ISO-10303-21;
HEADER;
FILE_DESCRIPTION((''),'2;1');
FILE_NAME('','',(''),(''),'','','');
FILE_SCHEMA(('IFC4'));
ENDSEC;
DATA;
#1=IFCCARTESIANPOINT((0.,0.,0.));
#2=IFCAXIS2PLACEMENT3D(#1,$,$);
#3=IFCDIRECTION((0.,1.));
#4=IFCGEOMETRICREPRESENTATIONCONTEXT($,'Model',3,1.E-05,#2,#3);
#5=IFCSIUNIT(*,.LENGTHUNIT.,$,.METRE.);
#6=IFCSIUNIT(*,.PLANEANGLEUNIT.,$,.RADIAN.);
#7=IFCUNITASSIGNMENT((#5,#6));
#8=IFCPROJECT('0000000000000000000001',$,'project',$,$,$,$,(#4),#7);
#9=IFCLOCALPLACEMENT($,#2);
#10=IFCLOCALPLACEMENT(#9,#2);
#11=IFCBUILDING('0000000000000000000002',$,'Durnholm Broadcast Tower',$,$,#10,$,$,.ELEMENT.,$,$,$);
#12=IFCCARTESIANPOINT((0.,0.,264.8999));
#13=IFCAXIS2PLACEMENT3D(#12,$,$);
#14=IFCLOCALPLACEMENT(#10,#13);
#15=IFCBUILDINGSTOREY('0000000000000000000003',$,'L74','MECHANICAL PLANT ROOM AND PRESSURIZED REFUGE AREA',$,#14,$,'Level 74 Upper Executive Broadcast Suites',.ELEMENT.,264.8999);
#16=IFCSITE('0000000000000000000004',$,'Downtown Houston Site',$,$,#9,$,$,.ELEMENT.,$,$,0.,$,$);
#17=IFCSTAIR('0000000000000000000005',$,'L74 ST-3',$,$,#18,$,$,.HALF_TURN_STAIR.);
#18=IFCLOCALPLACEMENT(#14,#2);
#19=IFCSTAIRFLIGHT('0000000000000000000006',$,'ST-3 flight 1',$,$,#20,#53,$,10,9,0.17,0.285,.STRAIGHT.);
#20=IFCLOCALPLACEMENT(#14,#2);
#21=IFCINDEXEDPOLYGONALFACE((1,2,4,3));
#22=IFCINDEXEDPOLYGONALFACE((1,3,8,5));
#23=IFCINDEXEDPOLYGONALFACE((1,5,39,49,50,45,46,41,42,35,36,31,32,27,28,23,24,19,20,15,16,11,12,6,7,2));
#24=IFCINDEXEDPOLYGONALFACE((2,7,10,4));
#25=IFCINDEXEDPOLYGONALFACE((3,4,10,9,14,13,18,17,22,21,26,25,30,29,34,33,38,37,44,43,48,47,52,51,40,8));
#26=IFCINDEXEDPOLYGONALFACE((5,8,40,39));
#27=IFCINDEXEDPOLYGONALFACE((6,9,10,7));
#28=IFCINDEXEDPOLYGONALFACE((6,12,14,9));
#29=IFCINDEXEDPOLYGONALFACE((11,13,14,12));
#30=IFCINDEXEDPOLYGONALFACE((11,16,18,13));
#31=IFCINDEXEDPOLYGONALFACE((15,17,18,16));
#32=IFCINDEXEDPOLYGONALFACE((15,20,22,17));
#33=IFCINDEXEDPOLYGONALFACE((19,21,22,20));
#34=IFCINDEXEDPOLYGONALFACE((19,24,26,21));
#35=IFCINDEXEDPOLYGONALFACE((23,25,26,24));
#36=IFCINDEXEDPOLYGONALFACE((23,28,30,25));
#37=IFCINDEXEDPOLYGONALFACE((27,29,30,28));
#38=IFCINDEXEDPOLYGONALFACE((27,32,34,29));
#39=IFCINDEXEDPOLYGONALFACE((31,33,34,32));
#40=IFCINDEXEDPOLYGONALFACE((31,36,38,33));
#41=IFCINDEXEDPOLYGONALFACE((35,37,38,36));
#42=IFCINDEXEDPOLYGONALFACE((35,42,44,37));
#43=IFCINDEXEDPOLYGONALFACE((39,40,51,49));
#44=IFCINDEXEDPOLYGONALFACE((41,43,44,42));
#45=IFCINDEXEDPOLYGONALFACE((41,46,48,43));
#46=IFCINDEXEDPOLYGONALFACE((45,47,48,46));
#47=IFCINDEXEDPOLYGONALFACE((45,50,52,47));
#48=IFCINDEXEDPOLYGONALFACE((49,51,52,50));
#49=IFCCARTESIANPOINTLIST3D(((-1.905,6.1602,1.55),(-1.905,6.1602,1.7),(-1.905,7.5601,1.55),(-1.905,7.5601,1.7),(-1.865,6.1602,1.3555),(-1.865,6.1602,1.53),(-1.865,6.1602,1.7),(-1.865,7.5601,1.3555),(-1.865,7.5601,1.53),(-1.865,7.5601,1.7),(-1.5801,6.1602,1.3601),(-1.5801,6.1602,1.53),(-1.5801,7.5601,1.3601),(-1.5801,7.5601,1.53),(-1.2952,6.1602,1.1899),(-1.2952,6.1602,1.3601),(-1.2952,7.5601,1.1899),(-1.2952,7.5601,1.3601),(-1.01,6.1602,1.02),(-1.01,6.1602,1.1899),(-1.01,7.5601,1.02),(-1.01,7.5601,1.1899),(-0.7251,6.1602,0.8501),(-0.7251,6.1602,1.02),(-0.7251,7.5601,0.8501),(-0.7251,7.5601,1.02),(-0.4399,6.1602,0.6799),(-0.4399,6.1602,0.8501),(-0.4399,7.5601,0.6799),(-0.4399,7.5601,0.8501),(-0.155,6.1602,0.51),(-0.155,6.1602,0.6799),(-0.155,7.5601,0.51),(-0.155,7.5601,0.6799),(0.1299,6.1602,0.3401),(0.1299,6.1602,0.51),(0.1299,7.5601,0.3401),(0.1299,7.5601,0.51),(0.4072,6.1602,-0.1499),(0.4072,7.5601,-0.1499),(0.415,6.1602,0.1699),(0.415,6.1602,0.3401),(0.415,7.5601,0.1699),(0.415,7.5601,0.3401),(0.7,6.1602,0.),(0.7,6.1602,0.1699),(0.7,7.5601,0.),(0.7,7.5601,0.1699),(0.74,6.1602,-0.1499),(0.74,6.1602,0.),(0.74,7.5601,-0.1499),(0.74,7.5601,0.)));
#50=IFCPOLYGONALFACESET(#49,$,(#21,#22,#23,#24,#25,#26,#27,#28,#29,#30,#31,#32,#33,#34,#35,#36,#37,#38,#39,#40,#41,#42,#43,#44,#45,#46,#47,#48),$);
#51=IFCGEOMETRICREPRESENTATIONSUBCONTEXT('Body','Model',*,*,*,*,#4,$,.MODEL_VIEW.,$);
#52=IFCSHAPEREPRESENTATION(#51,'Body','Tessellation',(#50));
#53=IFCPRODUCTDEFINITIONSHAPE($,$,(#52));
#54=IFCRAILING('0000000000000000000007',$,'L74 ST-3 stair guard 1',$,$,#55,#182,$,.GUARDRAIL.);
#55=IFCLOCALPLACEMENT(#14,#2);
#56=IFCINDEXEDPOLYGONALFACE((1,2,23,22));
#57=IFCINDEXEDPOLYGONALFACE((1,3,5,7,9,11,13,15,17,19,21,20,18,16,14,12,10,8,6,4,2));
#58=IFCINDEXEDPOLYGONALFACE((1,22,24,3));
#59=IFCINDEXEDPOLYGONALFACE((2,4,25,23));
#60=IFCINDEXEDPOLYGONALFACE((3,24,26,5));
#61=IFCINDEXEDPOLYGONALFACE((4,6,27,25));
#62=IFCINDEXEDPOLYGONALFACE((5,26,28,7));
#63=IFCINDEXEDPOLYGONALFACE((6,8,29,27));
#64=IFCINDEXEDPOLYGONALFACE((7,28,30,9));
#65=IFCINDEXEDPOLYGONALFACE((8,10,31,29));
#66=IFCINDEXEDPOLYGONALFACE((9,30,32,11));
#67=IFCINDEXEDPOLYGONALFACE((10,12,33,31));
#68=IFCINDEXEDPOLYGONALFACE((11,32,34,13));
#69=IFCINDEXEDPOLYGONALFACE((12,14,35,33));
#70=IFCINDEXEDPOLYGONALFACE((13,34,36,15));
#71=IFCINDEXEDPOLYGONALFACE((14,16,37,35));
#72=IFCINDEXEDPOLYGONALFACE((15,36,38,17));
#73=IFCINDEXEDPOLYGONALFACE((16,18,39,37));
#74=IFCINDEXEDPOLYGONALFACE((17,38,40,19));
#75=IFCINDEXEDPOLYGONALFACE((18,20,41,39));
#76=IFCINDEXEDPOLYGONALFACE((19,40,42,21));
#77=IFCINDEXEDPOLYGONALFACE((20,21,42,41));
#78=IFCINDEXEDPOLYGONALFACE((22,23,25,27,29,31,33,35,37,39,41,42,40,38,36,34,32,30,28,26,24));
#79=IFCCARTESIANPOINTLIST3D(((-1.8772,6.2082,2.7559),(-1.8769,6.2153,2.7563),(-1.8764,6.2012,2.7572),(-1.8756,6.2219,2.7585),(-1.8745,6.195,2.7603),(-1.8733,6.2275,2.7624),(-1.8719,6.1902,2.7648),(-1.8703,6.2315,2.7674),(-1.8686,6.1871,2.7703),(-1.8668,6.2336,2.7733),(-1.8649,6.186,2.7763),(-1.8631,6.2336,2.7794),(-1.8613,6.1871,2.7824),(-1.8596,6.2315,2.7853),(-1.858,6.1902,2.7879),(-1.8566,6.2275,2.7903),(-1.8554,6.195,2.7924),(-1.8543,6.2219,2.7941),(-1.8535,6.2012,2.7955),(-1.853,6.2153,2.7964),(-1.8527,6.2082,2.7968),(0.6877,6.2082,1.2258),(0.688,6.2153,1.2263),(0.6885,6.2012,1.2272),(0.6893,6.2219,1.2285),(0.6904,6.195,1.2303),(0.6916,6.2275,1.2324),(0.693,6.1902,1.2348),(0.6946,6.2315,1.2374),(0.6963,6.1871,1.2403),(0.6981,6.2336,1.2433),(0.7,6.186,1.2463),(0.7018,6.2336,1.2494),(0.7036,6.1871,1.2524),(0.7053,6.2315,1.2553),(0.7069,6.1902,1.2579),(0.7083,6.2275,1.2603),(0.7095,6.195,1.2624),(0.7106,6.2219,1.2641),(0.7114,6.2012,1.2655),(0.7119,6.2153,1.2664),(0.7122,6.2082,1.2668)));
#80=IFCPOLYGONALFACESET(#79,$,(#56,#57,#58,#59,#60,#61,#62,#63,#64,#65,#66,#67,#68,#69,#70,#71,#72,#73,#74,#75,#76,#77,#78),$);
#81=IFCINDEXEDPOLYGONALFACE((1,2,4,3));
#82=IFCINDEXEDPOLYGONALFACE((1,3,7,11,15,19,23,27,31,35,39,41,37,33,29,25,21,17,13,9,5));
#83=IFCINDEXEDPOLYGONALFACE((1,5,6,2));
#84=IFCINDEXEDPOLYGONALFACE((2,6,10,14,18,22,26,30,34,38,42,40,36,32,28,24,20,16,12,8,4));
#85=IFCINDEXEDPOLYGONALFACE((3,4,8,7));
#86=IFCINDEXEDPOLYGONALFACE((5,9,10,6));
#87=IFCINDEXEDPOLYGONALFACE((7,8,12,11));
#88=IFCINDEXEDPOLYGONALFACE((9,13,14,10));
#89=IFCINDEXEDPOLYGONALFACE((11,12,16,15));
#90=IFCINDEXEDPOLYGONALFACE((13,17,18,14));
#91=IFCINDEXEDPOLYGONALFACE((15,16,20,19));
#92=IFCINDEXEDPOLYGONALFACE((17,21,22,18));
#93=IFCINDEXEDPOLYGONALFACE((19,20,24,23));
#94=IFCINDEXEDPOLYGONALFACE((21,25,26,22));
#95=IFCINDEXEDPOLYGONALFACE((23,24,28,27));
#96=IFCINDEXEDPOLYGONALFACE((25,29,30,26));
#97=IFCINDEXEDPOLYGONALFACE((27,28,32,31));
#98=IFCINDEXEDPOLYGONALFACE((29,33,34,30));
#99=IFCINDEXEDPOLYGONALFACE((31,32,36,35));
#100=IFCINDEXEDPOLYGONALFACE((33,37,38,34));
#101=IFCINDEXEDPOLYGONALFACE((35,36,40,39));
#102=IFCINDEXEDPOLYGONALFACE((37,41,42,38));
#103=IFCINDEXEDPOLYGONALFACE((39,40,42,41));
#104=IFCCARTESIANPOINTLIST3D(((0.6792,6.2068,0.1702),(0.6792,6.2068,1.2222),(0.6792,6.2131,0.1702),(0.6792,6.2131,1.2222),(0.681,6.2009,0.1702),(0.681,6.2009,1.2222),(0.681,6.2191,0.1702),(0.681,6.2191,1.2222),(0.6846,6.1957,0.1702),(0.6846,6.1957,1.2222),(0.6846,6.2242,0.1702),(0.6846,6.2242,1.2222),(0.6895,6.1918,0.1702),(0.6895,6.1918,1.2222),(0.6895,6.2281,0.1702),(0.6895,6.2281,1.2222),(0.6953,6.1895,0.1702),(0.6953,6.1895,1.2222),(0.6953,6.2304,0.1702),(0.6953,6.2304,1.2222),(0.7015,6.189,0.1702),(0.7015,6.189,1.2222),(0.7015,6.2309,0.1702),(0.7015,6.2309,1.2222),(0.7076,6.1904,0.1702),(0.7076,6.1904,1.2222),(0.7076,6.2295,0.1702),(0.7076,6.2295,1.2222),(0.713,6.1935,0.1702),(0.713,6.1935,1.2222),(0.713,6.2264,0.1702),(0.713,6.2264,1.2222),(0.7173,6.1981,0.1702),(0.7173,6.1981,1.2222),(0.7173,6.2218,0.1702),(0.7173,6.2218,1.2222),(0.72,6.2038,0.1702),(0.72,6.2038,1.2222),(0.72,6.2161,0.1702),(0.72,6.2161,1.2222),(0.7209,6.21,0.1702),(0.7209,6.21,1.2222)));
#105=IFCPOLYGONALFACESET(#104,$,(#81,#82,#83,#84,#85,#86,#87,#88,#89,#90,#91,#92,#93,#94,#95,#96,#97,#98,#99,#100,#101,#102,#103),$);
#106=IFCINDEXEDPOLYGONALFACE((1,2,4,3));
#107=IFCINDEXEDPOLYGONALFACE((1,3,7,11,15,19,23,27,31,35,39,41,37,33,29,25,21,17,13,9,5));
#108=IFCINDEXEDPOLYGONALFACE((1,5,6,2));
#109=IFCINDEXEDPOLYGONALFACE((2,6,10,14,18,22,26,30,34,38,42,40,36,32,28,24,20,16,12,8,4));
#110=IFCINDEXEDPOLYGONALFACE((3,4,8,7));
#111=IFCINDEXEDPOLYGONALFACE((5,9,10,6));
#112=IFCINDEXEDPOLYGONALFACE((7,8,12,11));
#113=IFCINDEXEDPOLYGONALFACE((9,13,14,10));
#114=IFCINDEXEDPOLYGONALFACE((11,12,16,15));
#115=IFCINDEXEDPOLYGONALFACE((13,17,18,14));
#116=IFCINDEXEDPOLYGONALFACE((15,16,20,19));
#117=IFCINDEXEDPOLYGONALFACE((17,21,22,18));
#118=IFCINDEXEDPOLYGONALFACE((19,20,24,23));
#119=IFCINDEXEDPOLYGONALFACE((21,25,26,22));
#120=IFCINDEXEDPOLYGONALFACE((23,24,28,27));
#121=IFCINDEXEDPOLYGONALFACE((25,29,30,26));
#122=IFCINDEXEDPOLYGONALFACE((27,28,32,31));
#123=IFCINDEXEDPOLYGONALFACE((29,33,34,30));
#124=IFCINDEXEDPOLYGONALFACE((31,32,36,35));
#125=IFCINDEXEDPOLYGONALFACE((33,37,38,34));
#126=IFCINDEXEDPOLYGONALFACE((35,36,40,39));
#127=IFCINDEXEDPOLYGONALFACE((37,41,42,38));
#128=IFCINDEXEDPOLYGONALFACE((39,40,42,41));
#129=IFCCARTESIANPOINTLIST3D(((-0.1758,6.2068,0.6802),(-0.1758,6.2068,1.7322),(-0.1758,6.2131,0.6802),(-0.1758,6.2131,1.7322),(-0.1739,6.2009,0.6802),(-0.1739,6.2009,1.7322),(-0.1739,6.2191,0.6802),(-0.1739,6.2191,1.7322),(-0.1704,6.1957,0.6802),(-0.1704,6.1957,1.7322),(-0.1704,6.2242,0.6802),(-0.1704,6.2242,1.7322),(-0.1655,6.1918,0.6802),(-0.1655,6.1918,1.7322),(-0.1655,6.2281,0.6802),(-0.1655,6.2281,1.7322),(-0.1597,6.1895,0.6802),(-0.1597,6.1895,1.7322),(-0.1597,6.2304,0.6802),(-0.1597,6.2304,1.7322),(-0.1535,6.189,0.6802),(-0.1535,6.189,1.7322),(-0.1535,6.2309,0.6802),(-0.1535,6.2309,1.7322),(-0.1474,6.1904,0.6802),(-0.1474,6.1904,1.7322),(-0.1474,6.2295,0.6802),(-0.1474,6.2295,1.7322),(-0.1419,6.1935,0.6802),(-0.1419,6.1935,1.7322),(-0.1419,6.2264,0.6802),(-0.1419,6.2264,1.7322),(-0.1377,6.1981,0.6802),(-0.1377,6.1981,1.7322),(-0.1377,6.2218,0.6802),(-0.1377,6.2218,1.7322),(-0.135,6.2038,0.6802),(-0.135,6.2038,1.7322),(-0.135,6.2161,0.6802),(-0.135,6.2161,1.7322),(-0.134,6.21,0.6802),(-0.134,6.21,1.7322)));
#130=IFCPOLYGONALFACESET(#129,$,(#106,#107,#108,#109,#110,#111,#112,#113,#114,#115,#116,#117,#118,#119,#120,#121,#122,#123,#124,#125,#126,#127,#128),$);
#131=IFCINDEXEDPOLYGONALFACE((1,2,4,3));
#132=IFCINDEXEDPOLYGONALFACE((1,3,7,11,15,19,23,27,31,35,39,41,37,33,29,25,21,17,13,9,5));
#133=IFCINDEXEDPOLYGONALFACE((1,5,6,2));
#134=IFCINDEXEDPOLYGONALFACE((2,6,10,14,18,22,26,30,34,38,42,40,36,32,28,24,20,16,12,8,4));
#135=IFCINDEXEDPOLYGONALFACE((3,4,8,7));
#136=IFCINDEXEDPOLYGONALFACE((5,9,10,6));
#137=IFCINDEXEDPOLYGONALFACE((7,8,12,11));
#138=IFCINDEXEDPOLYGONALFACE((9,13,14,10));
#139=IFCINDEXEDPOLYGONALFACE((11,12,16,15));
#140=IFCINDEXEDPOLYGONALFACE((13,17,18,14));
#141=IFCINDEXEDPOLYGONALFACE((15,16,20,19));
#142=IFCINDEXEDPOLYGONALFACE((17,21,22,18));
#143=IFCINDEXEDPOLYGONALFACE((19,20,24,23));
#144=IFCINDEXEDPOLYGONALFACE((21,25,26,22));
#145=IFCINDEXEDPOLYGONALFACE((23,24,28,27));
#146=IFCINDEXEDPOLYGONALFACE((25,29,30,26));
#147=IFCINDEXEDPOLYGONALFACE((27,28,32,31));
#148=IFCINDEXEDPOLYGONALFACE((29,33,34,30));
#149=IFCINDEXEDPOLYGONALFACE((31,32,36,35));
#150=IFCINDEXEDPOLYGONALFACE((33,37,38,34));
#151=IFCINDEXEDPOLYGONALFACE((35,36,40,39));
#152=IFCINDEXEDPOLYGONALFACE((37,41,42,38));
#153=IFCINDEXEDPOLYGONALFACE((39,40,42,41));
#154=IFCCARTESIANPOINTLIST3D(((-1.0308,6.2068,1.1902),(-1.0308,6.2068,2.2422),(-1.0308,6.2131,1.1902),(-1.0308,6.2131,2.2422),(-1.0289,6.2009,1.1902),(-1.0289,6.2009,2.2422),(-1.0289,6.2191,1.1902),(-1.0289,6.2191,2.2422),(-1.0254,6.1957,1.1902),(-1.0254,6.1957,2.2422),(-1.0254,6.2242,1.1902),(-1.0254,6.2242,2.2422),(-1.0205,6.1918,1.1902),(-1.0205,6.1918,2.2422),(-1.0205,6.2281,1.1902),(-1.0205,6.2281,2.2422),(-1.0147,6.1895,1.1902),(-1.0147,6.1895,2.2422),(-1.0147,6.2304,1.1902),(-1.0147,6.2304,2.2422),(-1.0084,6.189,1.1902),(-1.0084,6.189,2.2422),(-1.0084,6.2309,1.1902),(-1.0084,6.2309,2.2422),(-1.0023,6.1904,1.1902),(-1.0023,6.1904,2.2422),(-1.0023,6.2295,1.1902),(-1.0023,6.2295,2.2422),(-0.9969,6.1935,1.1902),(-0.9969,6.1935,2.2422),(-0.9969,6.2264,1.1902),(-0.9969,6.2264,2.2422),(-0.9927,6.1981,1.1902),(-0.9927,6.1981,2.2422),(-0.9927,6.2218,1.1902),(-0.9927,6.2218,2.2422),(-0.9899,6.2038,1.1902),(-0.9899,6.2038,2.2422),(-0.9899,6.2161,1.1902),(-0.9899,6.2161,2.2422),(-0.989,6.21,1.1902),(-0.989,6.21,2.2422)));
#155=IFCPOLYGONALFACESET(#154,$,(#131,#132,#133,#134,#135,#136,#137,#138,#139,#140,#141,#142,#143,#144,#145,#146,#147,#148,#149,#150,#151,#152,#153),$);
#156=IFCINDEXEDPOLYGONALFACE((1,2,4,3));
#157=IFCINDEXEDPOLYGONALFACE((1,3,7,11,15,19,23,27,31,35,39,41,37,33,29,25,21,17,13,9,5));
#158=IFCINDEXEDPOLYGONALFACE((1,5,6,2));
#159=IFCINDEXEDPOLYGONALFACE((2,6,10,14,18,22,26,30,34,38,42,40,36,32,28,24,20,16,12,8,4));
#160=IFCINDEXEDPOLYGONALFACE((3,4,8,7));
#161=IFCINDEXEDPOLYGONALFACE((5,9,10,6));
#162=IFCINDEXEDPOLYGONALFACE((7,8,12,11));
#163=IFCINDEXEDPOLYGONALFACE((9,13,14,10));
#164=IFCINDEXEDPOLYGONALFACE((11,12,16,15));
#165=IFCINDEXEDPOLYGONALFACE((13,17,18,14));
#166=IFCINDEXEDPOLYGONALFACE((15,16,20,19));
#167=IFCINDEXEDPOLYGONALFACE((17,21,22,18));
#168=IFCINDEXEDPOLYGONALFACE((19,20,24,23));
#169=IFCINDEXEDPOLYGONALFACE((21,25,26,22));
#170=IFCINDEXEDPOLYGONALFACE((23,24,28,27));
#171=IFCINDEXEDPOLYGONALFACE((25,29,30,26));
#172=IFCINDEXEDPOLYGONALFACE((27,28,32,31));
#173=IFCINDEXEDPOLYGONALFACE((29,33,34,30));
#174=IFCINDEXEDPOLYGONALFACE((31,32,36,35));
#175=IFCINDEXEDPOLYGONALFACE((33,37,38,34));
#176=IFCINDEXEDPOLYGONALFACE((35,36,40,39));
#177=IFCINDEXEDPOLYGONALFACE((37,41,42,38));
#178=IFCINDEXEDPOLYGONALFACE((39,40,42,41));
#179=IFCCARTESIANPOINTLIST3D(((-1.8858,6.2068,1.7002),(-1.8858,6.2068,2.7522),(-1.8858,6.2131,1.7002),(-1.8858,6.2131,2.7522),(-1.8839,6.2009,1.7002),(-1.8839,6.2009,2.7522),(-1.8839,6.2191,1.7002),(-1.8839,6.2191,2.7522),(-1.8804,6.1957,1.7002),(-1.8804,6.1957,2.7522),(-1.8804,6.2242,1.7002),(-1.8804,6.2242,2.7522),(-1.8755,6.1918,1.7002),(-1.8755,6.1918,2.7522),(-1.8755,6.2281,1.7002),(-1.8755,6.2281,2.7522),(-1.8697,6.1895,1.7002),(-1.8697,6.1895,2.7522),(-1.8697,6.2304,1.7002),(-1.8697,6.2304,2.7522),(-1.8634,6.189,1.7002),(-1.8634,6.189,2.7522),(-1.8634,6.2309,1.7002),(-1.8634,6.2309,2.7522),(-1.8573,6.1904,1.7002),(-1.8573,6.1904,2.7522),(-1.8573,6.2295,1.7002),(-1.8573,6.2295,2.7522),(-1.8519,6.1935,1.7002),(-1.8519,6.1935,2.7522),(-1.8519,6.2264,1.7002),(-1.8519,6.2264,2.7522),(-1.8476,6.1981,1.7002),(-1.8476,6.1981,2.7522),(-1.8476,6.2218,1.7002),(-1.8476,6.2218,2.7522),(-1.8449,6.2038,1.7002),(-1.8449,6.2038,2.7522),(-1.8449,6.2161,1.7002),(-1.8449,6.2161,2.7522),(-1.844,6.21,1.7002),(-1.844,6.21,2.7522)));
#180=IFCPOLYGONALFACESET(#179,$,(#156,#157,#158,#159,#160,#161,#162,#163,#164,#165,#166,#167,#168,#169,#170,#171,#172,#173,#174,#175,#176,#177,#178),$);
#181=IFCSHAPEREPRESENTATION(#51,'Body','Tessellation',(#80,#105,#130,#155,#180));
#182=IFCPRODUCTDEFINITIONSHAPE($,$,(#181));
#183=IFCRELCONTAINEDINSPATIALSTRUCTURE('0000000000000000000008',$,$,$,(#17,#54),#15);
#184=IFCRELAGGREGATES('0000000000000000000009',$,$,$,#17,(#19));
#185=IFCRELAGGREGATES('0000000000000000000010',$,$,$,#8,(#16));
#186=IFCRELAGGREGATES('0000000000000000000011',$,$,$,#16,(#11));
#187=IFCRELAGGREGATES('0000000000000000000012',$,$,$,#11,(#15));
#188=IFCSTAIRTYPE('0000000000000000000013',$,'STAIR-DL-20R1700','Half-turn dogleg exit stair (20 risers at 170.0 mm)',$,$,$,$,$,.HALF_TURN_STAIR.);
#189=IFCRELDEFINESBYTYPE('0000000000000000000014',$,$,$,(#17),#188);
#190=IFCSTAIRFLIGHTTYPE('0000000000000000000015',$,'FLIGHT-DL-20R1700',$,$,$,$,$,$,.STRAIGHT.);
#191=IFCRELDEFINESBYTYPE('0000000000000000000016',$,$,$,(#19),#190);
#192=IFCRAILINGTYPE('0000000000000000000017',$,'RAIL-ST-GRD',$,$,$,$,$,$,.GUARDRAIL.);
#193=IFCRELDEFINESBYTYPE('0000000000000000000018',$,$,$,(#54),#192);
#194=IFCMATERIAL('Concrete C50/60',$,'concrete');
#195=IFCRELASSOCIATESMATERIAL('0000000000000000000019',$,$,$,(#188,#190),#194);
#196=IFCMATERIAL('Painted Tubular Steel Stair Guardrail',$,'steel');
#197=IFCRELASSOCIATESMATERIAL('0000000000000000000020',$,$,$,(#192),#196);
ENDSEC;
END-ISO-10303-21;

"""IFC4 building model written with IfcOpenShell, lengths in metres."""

from ifc_helpers import new_model, si_unit, direction, frame, origin, origin_2d, place, context, subcontext, project, spatial, polyline, circle, outline, extrude, material, type_object, element, aggregate, save


model = new_model("IFC4")

# Units and contexts
model_context = context("Model", 3, precision=1e-05, world=origin(), true_north=direction((0.0, 1.0)))
body_context = subcontext(model_context, "Body", "Model", "MODEL_VIEW")
ifc_project = project(units=[si_unit("LENGTHUNIT", "METRE"), si_unit("PLANEANGLEUNIT", "RADIAN")], contexts=[model_context])

# Site, building, storey
site_placement = place(None, origin())
site = spatial("IfcSite", under=ifc_project, at=site_placement, Name="Downtown Houston Site", CompositionType="ELEMENT", RefElevation=0.0)
building_placement = place(site_placement, origin())
building = spatial("IfcBuilding", under=site, at=building_placement, Name="Durnholm Broadcast Tower", CompositionType="ELEMENT")
storey_placement = place(building_placement, frame((0.0, 0.0, 264.8999)))
storey = spatial("IfcBuildingStorey", under=building, at=storey_placement, Name="L74", Description="MECHANICAL PLANT ROOM AND PRESSURIZED REFUGE AREA", LongName="Level 74 Upper Executive Broadcast Suites", CompositionType="ELEMENT", Elevation=264.8999)

# Stair
ifc_material_1 = material(Name="Concrete C50/60", Category="concrete")
stair_type = type_object("IfcStairType", Name="STAIR-DL-20R1700", Description="Half-turn dogleg exit stair (20 risers at 170.0 mm)", PredefinedType="HALF_TURN_STAIR", material=ifc_material_1)
stair_1_placement = place(storey_placement, origin())
stair_1 = element("IfcStair", 1, at=stair_1_placement, inside=storey, type_object=stair_type, Name="L74 ST-3", PredefinedType="HALF_TURN_STAIR")

# Stair flight
stair_flight_type = type_object("IfcStairFlightType", Name="FLIGHT-DL-20R1700", PredefinedType="STRAIGHT", material=ifc_material_1)
stair_flight_placement = place(storey_placement, frame((0.7, 6.8601, 0.0), z_axis=(0.0, 0.0, 1.0), x_axis=(-1.0, 0.0, 0.0)))
stair_flight = element("IfcStairFlight", 2, at=stair_flight_placement, type_object=stair_flight_type, Name="ST-3 flight 1", NumberOfRisers=10, NumberOfTreads=9, PredefinedType="STRAIGHT", RiserHeight=0.17, TreadLength=0.285, context=body_context, shape_type="SweptSolid", body=[
    extrude(outline(polyline([(-0.04, -0.1499), (-0.04, 0.0), (0.0, 0.0), (0.0, 0.1699), (0.2849, 0.1699), (0.2849, 0.3401), (0.5701, 0.3401), (0.5701, 0.51), (0.855, 0.51), (0.855, 0.6799), (1.1399, 0.6799), (1.1399, 0.8501), (1.425, 0.8501), (1.425, 1.02), (1.71, 1.02), (1.71, 1.1899), (1.9951, 1.1899), (1.9951, 1.3601), (2.28, 1.3601), (2.28, 1.53), (2.5649, 1.53), (2.5649, 1.7), (2.605, 1.7), (2.605, 1.55), (2.5649, 1.3555), (0.2927, -0.1499), (-0.04, -0.1499)])), frame((0.0, 0.7, 0.0), z_axis=(0.0, -1.0, 0.0), x_axis=(1.0, 0.0, 0.0)), (0.0, 0.0, 1.0), 1.3999),
])
aggregate(stair_1, [stair_flight])

# Railing
ifc_material_2 = material(Name="Painted Tubular Steel Stair Guardrail", Category="steel")
railing_type = type_object("IfcRailingType", Name="RAIL-ST-GRD", PredefinedType="GUARDRAIL", material=ifc_material_2)
railing_1_placement = place(storey_placement, frame((0.7, 6.21, 0.1702)))
element("IfcRailing", 3, at=railing_1_placement, inside=storey, type_object=railing_type, Name="L74 ST-3 stair guard 1", PredefinedType="GUARDRAIL", context=body_context, shape_type="SweptSolid", body=[
    extrude(circle(Radius=0.0239, at=origin_2d()), frame((0.0, 0.0, 1.0762), z_axis=(-0.85881, 0.0, 0.512294), x_axis=(0.0, -1.0, 0.0)), (0.0, 0.0, 1.0), 2.9866),
    extrude(circle(Radius=0.021, at=origin_2d()), origin(), (0.0, 0.0, 1.0), 1.052),
    extrude(circle(Radius=0.021, at=origin_2d()), frame((-0.855, 0.0, 0.51)), (0.0, 0.0, 1.0), 1.052),
    extrude(circle(Radius=0.021, at=origin_2d()), frame((-1.71, 0.0, 1.02)), (0.0, 0.0, 1.0), 1.052),
    extrude(circle(Radius=0.021, at=origin_2d()), frame((-2.5649, 0.0, 1.53)), (0.0, 0.0, 1.0), 1.052),
])

save(model, "model.ifc")
